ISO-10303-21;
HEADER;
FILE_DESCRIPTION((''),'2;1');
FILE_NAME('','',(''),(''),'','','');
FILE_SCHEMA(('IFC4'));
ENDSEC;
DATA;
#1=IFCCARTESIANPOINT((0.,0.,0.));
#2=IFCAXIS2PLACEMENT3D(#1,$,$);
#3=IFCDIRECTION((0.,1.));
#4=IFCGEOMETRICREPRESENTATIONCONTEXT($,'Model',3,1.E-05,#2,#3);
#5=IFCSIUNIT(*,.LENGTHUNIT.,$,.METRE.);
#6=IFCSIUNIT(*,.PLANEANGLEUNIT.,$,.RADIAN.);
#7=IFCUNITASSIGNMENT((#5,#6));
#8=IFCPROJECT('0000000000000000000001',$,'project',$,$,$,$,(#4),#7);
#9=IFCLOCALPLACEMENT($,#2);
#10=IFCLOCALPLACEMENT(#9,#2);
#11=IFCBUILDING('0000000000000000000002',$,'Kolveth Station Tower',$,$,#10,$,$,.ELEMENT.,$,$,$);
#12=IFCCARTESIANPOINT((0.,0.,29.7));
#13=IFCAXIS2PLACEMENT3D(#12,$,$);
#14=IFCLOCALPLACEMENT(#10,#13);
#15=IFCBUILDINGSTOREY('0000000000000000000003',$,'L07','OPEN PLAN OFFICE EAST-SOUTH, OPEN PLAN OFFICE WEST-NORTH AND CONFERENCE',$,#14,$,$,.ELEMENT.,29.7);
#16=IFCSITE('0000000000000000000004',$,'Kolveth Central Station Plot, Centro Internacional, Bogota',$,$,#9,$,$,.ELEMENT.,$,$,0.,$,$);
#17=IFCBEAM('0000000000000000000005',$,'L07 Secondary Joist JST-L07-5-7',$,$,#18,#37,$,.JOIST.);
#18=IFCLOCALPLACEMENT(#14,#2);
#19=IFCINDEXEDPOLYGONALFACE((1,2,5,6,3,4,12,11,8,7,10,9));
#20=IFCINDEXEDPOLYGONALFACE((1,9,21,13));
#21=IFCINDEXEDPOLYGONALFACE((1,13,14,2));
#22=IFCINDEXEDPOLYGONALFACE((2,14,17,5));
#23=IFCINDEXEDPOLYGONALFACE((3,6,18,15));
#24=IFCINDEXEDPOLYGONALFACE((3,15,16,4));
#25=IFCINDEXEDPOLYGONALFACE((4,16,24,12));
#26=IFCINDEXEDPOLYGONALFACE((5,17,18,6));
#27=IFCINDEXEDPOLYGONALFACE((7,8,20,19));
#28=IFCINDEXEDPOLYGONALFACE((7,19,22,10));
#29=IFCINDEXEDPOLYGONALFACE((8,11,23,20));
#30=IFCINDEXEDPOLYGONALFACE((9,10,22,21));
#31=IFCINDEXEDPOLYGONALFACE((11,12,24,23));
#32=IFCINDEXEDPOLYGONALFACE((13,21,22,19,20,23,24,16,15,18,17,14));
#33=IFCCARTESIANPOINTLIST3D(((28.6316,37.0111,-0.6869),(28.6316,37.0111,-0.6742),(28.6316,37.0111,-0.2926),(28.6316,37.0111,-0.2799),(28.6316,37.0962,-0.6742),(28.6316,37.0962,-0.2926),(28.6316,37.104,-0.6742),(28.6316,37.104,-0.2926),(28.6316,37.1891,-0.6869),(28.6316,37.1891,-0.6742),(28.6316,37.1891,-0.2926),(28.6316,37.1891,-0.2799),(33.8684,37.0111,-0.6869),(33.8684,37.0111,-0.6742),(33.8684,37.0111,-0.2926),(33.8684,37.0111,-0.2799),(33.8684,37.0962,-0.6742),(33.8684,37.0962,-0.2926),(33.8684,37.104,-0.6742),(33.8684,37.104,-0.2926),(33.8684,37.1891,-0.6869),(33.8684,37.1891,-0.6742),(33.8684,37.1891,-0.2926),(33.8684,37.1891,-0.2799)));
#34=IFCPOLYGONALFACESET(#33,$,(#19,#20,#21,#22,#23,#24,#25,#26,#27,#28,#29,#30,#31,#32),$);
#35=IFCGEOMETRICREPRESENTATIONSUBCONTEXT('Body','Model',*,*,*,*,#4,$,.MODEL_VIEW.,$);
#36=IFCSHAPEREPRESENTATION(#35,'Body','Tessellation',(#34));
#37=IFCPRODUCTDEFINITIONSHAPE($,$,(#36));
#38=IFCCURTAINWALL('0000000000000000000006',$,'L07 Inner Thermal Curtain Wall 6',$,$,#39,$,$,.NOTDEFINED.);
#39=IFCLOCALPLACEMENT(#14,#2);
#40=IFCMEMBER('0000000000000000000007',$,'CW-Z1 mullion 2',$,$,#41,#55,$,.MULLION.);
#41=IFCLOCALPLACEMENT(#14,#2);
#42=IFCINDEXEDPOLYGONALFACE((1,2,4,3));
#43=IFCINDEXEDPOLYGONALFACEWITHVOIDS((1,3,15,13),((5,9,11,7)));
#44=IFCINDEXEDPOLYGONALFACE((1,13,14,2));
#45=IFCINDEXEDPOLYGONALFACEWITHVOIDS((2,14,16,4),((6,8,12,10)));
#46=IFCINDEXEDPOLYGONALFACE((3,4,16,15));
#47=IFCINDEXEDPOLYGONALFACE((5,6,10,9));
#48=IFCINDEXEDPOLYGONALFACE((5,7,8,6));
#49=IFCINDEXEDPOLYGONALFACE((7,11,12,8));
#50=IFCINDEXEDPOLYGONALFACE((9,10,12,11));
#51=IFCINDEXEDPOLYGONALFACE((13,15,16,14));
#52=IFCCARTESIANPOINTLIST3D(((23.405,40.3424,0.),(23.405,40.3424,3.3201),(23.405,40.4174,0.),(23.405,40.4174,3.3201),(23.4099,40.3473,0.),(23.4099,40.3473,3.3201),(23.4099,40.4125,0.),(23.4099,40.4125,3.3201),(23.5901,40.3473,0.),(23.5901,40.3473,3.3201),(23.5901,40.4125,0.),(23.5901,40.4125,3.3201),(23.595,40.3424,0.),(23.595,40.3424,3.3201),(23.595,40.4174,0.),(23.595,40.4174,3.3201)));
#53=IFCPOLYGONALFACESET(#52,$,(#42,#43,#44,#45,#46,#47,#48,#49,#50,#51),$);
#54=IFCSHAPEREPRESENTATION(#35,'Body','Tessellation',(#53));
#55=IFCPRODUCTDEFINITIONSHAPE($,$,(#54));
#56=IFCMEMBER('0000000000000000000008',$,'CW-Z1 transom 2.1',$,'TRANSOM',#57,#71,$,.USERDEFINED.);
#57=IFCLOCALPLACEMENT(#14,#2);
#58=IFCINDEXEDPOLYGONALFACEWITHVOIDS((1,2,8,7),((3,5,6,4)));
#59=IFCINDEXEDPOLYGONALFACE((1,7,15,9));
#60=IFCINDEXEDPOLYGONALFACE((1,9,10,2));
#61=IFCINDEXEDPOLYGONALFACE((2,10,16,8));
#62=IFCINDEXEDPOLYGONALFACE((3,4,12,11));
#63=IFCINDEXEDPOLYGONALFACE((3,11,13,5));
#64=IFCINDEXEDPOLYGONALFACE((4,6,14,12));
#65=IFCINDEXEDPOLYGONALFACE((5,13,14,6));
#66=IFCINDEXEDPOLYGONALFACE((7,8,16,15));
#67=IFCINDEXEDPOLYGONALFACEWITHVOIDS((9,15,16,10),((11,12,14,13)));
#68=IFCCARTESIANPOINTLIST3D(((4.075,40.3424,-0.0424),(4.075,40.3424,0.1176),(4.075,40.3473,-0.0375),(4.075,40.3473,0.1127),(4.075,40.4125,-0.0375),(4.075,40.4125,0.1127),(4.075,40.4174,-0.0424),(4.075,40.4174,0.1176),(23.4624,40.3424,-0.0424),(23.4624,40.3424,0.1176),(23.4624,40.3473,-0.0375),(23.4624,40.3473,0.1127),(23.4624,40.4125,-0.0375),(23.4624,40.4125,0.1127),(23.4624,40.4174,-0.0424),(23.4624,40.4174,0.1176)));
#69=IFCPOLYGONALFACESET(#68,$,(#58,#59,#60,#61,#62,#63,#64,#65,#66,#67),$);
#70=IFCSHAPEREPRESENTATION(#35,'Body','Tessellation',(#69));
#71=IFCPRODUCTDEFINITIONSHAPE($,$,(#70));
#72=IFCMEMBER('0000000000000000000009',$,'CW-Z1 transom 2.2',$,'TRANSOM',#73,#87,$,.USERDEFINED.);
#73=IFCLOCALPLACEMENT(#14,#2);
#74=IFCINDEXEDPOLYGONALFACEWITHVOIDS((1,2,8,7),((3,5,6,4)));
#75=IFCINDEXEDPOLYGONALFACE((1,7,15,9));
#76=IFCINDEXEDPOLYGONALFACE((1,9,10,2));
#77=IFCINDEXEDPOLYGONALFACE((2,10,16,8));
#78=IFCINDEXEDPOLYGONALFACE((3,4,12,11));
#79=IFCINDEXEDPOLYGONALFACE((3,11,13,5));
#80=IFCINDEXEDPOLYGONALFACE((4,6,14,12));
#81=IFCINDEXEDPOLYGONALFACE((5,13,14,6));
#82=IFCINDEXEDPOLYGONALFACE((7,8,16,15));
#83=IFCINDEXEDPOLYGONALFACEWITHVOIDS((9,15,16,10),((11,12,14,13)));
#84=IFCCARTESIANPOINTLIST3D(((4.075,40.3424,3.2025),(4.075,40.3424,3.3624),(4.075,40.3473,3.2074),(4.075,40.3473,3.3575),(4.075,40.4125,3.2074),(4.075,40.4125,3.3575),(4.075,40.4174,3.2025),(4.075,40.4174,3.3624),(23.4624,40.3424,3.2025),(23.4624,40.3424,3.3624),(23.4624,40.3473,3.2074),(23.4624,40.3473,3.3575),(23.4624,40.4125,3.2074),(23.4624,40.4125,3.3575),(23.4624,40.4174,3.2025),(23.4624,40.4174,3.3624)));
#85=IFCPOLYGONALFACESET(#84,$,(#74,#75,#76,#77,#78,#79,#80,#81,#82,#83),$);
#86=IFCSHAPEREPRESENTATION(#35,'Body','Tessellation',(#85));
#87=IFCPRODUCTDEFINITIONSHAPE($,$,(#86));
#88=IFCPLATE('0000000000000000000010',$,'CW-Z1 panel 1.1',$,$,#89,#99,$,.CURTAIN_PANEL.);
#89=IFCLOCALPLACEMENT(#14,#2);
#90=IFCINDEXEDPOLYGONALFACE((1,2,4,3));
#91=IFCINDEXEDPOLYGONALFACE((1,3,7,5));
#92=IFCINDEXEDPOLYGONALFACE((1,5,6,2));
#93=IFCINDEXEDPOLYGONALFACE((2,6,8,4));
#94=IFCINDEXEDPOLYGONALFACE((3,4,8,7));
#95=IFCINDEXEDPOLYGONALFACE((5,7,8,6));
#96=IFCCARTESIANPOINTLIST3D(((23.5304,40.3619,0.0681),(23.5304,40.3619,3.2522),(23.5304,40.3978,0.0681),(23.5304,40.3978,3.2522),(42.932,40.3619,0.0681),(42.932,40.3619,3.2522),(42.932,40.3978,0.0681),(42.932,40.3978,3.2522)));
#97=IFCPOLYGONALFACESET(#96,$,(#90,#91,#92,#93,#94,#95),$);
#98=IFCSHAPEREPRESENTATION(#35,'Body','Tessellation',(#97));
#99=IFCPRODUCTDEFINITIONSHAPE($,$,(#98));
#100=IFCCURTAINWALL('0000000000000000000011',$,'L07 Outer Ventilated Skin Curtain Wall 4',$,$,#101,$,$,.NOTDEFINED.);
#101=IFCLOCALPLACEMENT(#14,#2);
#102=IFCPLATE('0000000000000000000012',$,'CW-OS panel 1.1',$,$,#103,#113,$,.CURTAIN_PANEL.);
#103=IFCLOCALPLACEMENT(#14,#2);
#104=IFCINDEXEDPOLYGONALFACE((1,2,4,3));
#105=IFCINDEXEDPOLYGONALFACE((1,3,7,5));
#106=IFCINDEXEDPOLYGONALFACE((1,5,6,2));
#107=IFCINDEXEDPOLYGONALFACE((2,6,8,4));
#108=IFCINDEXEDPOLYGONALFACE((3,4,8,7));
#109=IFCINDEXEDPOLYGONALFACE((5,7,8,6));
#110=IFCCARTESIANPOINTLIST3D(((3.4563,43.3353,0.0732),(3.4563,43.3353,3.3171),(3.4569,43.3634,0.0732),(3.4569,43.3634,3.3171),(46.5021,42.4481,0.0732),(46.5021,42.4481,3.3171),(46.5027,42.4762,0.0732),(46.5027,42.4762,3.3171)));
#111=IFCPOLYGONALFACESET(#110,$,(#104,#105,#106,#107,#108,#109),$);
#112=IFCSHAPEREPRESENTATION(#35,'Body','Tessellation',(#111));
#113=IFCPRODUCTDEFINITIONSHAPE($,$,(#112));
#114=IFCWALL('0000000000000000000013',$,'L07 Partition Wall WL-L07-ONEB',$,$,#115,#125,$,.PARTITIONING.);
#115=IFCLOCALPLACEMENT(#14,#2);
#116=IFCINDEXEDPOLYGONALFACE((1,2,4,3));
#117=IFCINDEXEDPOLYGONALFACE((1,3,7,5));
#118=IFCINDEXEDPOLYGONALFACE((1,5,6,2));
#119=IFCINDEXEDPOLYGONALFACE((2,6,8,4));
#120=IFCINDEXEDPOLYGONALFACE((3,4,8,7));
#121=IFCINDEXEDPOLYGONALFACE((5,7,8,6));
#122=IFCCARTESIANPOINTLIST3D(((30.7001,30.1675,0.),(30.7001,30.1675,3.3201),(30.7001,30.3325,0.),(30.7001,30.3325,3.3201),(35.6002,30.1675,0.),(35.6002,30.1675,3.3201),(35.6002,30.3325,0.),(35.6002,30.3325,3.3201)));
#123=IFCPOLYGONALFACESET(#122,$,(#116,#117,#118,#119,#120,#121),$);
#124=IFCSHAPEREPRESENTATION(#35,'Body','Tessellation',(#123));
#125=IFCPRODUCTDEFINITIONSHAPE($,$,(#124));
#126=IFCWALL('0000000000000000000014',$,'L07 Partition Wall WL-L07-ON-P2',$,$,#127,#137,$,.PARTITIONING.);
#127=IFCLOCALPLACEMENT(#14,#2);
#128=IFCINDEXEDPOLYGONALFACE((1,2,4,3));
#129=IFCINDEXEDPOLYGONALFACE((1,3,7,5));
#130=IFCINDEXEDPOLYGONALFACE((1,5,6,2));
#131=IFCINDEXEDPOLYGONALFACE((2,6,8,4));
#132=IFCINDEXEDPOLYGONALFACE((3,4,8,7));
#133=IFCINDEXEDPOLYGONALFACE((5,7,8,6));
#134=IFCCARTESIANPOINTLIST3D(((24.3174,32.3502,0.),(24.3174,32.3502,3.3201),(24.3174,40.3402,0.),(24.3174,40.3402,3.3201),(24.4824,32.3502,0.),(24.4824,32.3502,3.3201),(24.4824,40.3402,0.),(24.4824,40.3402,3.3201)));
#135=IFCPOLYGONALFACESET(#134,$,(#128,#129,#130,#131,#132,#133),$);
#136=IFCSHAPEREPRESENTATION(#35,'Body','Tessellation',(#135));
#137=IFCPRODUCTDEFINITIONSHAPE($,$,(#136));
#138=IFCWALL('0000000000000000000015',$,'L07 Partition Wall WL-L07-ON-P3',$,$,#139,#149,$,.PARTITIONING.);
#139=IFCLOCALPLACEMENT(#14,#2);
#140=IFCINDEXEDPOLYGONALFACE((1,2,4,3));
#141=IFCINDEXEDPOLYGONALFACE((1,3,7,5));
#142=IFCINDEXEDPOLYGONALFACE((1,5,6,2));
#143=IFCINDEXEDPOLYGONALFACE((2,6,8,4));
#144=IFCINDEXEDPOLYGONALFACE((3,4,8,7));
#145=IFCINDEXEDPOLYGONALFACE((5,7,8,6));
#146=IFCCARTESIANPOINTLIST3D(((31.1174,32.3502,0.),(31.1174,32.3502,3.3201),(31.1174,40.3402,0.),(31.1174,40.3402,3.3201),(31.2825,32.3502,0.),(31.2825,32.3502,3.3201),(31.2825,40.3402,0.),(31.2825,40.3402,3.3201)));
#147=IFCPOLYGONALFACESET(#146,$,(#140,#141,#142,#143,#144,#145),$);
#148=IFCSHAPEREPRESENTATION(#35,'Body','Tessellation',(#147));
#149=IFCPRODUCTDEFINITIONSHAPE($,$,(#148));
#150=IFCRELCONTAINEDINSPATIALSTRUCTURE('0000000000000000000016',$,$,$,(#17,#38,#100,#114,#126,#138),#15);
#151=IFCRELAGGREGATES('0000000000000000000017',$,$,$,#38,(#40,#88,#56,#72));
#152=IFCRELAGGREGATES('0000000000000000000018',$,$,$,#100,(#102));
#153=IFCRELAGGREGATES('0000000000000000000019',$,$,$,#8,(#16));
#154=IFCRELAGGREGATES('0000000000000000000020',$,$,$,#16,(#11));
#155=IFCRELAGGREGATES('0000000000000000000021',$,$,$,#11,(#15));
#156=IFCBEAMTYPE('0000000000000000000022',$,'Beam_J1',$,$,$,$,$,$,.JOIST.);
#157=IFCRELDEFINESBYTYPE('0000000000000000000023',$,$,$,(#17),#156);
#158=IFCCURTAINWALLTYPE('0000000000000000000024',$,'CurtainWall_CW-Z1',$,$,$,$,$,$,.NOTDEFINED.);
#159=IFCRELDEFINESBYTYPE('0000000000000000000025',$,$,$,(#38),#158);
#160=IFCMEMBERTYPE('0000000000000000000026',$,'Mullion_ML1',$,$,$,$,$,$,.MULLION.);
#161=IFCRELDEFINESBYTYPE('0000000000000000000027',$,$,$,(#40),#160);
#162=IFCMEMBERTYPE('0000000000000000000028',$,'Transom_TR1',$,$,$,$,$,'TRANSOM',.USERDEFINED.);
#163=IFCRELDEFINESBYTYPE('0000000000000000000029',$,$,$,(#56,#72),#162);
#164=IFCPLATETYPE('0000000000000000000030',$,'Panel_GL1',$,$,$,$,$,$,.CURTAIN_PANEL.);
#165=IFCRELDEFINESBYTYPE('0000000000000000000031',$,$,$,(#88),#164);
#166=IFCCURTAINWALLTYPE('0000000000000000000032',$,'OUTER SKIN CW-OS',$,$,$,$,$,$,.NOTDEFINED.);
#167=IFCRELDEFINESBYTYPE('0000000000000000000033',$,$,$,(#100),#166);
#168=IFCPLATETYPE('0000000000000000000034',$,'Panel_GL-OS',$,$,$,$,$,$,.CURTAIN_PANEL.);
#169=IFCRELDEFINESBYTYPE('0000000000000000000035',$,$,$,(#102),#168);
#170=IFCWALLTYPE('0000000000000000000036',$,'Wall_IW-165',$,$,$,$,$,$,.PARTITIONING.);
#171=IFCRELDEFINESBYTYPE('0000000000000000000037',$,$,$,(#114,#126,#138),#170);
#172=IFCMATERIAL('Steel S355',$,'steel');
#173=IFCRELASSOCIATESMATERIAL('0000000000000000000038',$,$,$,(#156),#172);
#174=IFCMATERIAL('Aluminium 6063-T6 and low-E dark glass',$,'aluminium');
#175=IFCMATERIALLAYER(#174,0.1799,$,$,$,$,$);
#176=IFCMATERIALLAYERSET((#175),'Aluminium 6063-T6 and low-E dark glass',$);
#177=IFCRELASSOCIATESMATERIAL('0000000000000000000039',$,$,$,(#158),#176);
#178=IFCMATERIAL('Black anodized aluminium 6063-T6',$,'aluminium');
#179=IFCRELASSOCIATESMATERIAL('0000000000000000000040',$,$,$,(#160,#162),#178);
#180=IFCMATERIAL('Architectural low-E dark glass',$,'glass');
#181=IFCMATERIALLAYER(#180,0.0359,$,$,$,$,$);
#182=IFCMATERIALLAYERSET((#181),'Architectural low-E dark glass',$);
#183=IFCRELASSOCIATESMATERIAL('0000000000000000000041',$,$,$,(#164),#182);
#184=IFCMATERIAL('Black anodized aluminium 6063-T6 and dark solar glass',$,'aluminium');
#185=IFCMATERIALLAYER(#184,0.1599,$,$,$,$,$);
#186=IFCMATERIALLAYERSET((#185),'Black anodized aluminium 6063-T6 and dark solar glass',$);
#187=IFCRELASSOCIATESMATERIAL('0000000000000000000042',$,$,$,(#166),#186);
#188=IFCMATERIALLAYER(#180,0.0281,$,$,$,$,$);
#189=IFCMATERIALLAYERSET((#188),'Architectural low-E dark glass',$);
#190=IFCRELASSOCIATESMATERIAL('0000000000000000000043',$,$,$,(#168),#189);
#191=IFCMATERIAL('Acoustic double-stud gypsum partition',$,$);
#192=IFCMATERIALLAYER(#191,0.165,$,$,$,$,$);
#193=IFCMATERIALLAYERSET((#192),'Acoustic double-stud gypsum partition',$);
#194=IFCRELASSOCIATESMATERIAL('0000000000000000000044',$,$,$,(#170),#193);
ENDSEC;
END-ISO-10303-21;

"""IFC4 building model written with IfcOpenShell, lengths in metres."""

from ifc_helpers import new_model, si_unit, direction, frame, frame_2d, origin, origin_2d, place, context, subcontext, project, spatial, rectangle, hollow_rectangle, i_section, extrude, source, transform, mapped, material, layer, layer_set, material_profile, profile_set, type_object, element, aggregate, save


model = new_model("IFC4")

# Units and contexts
model_context = context("Model", 3, precision=1e-05, world=origin(), true_north=direction((0.0, 1.0)))
body_context = subcontext(model_context, "Body", "Model", "MODEL_VIEW")
ifc_project = project(units=[si_unit("LENGTHUNIT", "METRE"), si_unit("PLANEANGLEUNIT", "RADIAN")], contexts=[model_context])

# Site, building, storey
site_placement = place(None, origin())
site = spatial("IfcSite", under=ifc_project, at=site_placement, Name="Kolveth Central Station Plot, Centro Internacional, Bogota", CompositionType="ELEMENT", RefElevation=0.0)
building_placement = place(site_placement, origin())
building = spatial("IfcBuilding", under=site, at=building_placement, Name="Kolveth Station Tower", CompositionType="ELEMENT")
storey_placement = place(building_placement, frame((0.0, 0.0, 29.7)))
storey = spatial("IfcBuildingStorey", under=building, at=storey_placement, Name="L07", Description="OPEN PLAN OFFICE EAST-SOUTH, OPEN PLAN OFFICE WEST-NORTH AND CONFERENCE", CompositionType="ELEMENT", Elevation=29.7)

# Shared definitions
ifc_material_1 = material(Name="Steel S355", Category="steel")

# Beam
ifc_material_profile_1 = material_profile(ifc_material_1, i_section(OverallWidth=0.178, OverallDepth=0.407, WebThickness=0.0078, FlangeThickness=0.0127, at=origin_2d()), Name="W410x60")
ifc_profile_set_1 = profile_set([ifc_material_profile_1], Name="Steel S355")
beam_type_1 = type_object("IfcBeamType", Name="Beam_J1", PredefinedType="JOIST", material=ifc_profile_set_1)
shared_shape_1 = source(origin(), body_context, "Body", "SweptSolid", [
    extrude(i_section(OverallWidth=0.178, OverallDepth=0.407, WebThickness=0.0078, FlangeThickness=0.0127, at=origin_2d()), origin(), (0.0, 0.0, 1.0), 5.2368),
])
for number, where, z_axis, x_axis, name in (
    (1, (28.6316, 37.1001, -0.4834), (1.0, 0.0, 0.0), (0.0, 1.0, 0.0), "L07 Secondary Joist JST-L07-5-7"),
):
    element("IfcBeam", number, at=place(storey_placement, frame(where, z_axis=z_axis, x_axis=x_axis)), inside=storey, type_object=beam_type_1, Name=name, PredefinedType="JOIST", context=body_context, shape_type="MappedRepresentation", body=[
        mapped(shared_shape_1, transform((0.0, 0.0, 0.0), x_axis=(1.0, 0.0, 0.0), y_axis=(0.0, 1.0, 0.0), z_axis=(0.0, 0.0, 1.0), scale=1.0)),
    ])

# Curtain wall, members, plate
ifc_material_2 = material(Name="Aluminium 6063-T6 and low-E dark glass", Category="aluminium")
ifc_layer_1 = layer(ifc_material_2, 0.1799)
ifc_layer_set_1 = layer_set([ifc_layer_1], Name="Aluminium 6063-T6 and low-E dark glass")
curtain_wall_type_1 = type_object("IfcCurtainWallType", Name="CurtainWall_CW-Z1", PredefinedType="NOTDEFINED", material=ifc_layer_set_1)
curtain_wall_1_placement = place(storey_placement, origin())
curtain_wall_1 = element("IfcCurtainWall", 2, at=curtain_wall_1_placement, inside=storey, type_object=curtain_wall_type_1, Name="L07 Inner Thermal Curtain Wall 6", PredefinedType="NOTDEFINED")
ifc_material_3 = material(Name="Black anodized aluminium 6063-T6", Category="aluminium")
ifc_material_profile_2 = material_profile(ifc_material_3, hollow_rectangle(XDim=0.075, YDim=0.1899, WallThickness=0.0049, at=origin_2d()), Name="ALU-75x190x5")
ifc_profile_set_2 = profile_set([ifc_material_profile_2], Name="Black anodized aluminium 6063-T6")
member_type_1 = type_object("IfcMemberType", Name="Mullion_ML1", PredefinedType="MULLION", material=ifc_profile_set_2)
shared_shape_2 = source(origin(), body_context, "Body", "SweptSolid", [
    extrude(hollow_rectangle(XDim=0.075, YDim=0.1899, WallThickness=0.0049, at=origin_2d()), origin(), (0.0, 0.0, 1.0), 3.3201),
])
member_1_placement = place(storey_placement, frame((23.5, 40.3799, 0.0), z_axis=(0.0, 0.0, 1.0), x_axis=(0.0, -1.0, 0.0)))
member_1 = element("IfcMember", 3, at=member_1_placement, type_object=member_type_1, Name="CW-Z1 mullion 2", PredefinedType="MULLION", context=body_context, shape_type="MappedRepresentation", body=[
    mapped(shared_shape_2, transform((0.0, 0.0, 0.0), x_axis=(1.0, 0.0, 0.0), y_axis=(0.0, 1.0, 0.0), z_axis=(0.0, 0.0, 1.0), scale=1.0)),
])
ifc_material_profile_3 = material_profile(ifc_material_3, hollow_rectangle(XDim=0.075, YDim=0.1599, WallThickness=0.0049, at=origin_2d()), Name="ALU-75x160x5")
ifc_profile_set_3 = profile_set([ifc_material_profile_3], Name="Black anodized aluminium 6063-T6")
member_type_2 = type_object("IfcMemberType", Name="Transom_TR1", ElementType="TRANSOM", PredefinedType="USERDEFINED", material=ifc_profile_set_3)
shared_shape_3 = source(origin(), body_context, "Body", "SweptSolid", [
    extrude(hollow_rectangle(XDim=0.075, YDim=0.1599, WallThickness=0.0049, at=origin_2d()), origin(), (0.0, 0.0, 1.0), 19.3875),
])
member_2_placement = place(storey_placement, frame((23.4624, 40.3799, 0.0376), z_axis=(-1.0, 0.0, 0.0), x_axis=(0.0, -1.0, 0.0)))
member_2 = element("IfcMember", 4, at=member_2_placement, type_object=member_type_2, Name="CW-Z1 transom 2.1", ObjectType="TRANSOM", PredefinedType="USERDEFINED", context=body_context, shape_type="MappedRepresentation", body=[
    mapped(shared_shape_3, transform((0.0, 0.0, 0.0), x_axis=(1.0, 0.0, 0.0), y_axis=(0.0, 1.0, 0.0), z_axis=(0.0, 0.0, 1.0), scale=1.0)),
])
member_3_placement = place(storey_placement, frame((23.4624, 40.3799, 3.2825), z_axis=(-1.0, 0.0, 0.0), x_axis=(0.0, -1.0, 0.0)))
member_3 = element("IfcMember", 5, at=member_3_placement, type_object=member_type_2, Name="CW-Z1 transom 2.2", ObjectType="TRANSOM", PredefinedType="USERDEFINED", context=body_context, shape_type="MappedRepresentation", body=[
    mapped(shared_shape_3, transform((0.0, 0.0, 0.0), x_axis=(1.0, 0.0, 0.0), y_axis=(0.0, 1.0, 0.0), z_axis=(0.0, 0.0, 1.0), scale=1.0)),
])
ifc_material_4 = material(Name="Architectural low-E dark glass", Category="glass")
ifc_layer_2 = layer(ifc_material_4, 0.0359)
ifc_layer_set_2 = layer_set([ifc_layer_2], Name="Architectural low-E dark glass")
plate_type_1 = type_object("IfcPlateType", Name="Panel_GL1", PredefinedType="CURTAIN_PANEL", material=ifc_layer_set_2)
shared_shape_4 = source(origin(), body_context, "Body", "SweptSolid", [
    extrude(rectangle(XDim=19.4016, YDim=0.0359, at=origin_2d()), origin(), (0.0, 0.0, 1.0), 3.1841),
])
plate_1_placement = place(storey_placement, frame((33.2312, 40.3799, 0.0681), z_axis=(0.0, 0.0, 1.0), x_axis=(-1.0, 0.0, 0.0)))
plate_1 = element("IfcPlate", 6, at=plate_1_placement, type_object=plate_type_1, Name="CW-Z1 panel 1.1", PredefinedType="CURTAIN_PANEL", context=body_context, shape_type="MappedRepresentation", body=[
    mapped(shared_shape_4, transform((0.0, 0.0, 0.0), x_axis=(1.0, 0.0, 0.0), y_axis=(0.0, 1.0, 0.0), z_axis=(0.0, 0.0, 1.0), scale=1.0)),
])
aggregate(curtain_wall_1, [member_1, plate_1, member_2, member_3])

# Curtain wall, plate
ifc_material_5 = material(Name="Black anodized aluminium 6063-T6 and dark solar glass", Category="aluminium")
ifc_layer_3 = layer(ifc_material_5, 0.1599)
ifc_layer_set_3 = layer_set([ifc_layer_3], Name="Black anodized aluminium 6063-T6 and dark solar glass")
curtain_wall_type_2 = type_object("IfcCurtainWallType", Name="OUTER SKIN CW-OS", PredefinedType="NOTDEFINED", material=ifc_layer_set_3)
curtain_wall_2_placement = place(storey_placement, origin())
curtain_wall_2 = element("IfcCurtainWall", 7, at=curtain_wall_2_placement, inside=storey, type_object=curtain_wall_type_2, Name="L07 Outer Ventilated Skin Curtain Wall 4", PredefinedType="NOTDEFINED")
ifc_layer_4 = layer(ifc_material_4, 0.0281)
ifc_layer_set_4 = layer_set([ifc_layer_4], Name="Architectural low-E dark glass")
plate_type_2 = type_object("IfcPlateType", Name="Panel_GL-OS", PredefinedType="CURTAIN_PANEL", material=ifc_layer_set_4)
shared_shape_5 = source(origin(), body_context, "Body", "SweptSolid", [
    extrude(rectangle(XDim=43.0549, YDim=0.0281, at=origin_2d()), origin(), (0.0, 0.0, 1.0), 3.2439),
])
plate_2_placement = place(storey_placement, frame((24.9795, 42.9058, 0.0732), z_axis=(0.0, 0.0, 1.0), x_axis=(-0.999788, 0.020606, 0.0)))
plate_2 = element("IfcPlate", 8, at=plate_2_placement, type_object=plate_type_2, Name="CW-OS panel 1.1", PredefinedType="CURTAIN_PANEL", context=body_context, shape_type="MappedRepresentation", body=[
    mapped(shared_shape_5, transform((0.0, 0.0, 0.0), x_axis=(1.0, 0.0, 0.0), y_axis=(0.0, 1.0, 0.0), z_axis=(0.0, 0.0, 1.0), scale=1.0)),
])
aggregate(curtain_wall_2, [plate_2])

# Walls
ifc_material_6 = material(Name="Acoustic double-stud gypsum partition")
ifc_layer_5 = layer(ifc_material_6, 0.165)
ifc_layer_set_5 = layer_set([ifc_layer_5], Name="Acoustic double-stud gypsum partition")
wall_type = type_object("IfcWallType", Name="Wall_IW-165", PredefinedType="PARTITIONING", material=ifc_layer_set_5)
wall_placement = place(storey_placement, frame((30.7, 30.25, 0.0), z_axis=(0.0, 0.0, 1.0), x_axis=(1.0, 0.0, 0.0)))
element("IfcWall", 9, at=wall_placement, inside=storey, type_object=wall_type, Name="L07 Partition Wall WL-L07-ONEB", PredefinedType="PARTITIONING", context=body_context, shape_type="SweptSolid", body=[
    extrude(rectangle(XDim=4.9001, YDim=0.165, at=frame_2d((2.4502, 0.0))), origin(), (0.0, 0.0, 1.0), 3.3201),
])
for number, where, z_axis, x_axis, name in (
    (10, (24.3999, 32.3501, 0.0), (0.0, 0.0, 1.0), (0.0, 1.0, 0.0), "L07 Partition Wall WL-L07-ON-P2"),
    (11, (31.2, 32.3501, 0.0), (0.0, 0.0, 1.0), (0.0, 1.0, 0.0), "L07 Partition Wall WL-L07-ON-P3"),
):
    element("IfcWall", number, at=place(storey_placement, frame(where, z_axis=z_axis, x_axis=x_axis)), inside=storey, type_object=wall_type, Name=name, PredefinedType="PARTITIONING", context=body_context, shape_type="SweptSolid", body=[
        extrude(rectangle(XDim=7.99, YDim=0.165, at=frame_2d((3.9951, 0.0))), origin(), (0.0, 0.0, 1.0), 3.3201),
    ])

save(model, "model.ifc")
